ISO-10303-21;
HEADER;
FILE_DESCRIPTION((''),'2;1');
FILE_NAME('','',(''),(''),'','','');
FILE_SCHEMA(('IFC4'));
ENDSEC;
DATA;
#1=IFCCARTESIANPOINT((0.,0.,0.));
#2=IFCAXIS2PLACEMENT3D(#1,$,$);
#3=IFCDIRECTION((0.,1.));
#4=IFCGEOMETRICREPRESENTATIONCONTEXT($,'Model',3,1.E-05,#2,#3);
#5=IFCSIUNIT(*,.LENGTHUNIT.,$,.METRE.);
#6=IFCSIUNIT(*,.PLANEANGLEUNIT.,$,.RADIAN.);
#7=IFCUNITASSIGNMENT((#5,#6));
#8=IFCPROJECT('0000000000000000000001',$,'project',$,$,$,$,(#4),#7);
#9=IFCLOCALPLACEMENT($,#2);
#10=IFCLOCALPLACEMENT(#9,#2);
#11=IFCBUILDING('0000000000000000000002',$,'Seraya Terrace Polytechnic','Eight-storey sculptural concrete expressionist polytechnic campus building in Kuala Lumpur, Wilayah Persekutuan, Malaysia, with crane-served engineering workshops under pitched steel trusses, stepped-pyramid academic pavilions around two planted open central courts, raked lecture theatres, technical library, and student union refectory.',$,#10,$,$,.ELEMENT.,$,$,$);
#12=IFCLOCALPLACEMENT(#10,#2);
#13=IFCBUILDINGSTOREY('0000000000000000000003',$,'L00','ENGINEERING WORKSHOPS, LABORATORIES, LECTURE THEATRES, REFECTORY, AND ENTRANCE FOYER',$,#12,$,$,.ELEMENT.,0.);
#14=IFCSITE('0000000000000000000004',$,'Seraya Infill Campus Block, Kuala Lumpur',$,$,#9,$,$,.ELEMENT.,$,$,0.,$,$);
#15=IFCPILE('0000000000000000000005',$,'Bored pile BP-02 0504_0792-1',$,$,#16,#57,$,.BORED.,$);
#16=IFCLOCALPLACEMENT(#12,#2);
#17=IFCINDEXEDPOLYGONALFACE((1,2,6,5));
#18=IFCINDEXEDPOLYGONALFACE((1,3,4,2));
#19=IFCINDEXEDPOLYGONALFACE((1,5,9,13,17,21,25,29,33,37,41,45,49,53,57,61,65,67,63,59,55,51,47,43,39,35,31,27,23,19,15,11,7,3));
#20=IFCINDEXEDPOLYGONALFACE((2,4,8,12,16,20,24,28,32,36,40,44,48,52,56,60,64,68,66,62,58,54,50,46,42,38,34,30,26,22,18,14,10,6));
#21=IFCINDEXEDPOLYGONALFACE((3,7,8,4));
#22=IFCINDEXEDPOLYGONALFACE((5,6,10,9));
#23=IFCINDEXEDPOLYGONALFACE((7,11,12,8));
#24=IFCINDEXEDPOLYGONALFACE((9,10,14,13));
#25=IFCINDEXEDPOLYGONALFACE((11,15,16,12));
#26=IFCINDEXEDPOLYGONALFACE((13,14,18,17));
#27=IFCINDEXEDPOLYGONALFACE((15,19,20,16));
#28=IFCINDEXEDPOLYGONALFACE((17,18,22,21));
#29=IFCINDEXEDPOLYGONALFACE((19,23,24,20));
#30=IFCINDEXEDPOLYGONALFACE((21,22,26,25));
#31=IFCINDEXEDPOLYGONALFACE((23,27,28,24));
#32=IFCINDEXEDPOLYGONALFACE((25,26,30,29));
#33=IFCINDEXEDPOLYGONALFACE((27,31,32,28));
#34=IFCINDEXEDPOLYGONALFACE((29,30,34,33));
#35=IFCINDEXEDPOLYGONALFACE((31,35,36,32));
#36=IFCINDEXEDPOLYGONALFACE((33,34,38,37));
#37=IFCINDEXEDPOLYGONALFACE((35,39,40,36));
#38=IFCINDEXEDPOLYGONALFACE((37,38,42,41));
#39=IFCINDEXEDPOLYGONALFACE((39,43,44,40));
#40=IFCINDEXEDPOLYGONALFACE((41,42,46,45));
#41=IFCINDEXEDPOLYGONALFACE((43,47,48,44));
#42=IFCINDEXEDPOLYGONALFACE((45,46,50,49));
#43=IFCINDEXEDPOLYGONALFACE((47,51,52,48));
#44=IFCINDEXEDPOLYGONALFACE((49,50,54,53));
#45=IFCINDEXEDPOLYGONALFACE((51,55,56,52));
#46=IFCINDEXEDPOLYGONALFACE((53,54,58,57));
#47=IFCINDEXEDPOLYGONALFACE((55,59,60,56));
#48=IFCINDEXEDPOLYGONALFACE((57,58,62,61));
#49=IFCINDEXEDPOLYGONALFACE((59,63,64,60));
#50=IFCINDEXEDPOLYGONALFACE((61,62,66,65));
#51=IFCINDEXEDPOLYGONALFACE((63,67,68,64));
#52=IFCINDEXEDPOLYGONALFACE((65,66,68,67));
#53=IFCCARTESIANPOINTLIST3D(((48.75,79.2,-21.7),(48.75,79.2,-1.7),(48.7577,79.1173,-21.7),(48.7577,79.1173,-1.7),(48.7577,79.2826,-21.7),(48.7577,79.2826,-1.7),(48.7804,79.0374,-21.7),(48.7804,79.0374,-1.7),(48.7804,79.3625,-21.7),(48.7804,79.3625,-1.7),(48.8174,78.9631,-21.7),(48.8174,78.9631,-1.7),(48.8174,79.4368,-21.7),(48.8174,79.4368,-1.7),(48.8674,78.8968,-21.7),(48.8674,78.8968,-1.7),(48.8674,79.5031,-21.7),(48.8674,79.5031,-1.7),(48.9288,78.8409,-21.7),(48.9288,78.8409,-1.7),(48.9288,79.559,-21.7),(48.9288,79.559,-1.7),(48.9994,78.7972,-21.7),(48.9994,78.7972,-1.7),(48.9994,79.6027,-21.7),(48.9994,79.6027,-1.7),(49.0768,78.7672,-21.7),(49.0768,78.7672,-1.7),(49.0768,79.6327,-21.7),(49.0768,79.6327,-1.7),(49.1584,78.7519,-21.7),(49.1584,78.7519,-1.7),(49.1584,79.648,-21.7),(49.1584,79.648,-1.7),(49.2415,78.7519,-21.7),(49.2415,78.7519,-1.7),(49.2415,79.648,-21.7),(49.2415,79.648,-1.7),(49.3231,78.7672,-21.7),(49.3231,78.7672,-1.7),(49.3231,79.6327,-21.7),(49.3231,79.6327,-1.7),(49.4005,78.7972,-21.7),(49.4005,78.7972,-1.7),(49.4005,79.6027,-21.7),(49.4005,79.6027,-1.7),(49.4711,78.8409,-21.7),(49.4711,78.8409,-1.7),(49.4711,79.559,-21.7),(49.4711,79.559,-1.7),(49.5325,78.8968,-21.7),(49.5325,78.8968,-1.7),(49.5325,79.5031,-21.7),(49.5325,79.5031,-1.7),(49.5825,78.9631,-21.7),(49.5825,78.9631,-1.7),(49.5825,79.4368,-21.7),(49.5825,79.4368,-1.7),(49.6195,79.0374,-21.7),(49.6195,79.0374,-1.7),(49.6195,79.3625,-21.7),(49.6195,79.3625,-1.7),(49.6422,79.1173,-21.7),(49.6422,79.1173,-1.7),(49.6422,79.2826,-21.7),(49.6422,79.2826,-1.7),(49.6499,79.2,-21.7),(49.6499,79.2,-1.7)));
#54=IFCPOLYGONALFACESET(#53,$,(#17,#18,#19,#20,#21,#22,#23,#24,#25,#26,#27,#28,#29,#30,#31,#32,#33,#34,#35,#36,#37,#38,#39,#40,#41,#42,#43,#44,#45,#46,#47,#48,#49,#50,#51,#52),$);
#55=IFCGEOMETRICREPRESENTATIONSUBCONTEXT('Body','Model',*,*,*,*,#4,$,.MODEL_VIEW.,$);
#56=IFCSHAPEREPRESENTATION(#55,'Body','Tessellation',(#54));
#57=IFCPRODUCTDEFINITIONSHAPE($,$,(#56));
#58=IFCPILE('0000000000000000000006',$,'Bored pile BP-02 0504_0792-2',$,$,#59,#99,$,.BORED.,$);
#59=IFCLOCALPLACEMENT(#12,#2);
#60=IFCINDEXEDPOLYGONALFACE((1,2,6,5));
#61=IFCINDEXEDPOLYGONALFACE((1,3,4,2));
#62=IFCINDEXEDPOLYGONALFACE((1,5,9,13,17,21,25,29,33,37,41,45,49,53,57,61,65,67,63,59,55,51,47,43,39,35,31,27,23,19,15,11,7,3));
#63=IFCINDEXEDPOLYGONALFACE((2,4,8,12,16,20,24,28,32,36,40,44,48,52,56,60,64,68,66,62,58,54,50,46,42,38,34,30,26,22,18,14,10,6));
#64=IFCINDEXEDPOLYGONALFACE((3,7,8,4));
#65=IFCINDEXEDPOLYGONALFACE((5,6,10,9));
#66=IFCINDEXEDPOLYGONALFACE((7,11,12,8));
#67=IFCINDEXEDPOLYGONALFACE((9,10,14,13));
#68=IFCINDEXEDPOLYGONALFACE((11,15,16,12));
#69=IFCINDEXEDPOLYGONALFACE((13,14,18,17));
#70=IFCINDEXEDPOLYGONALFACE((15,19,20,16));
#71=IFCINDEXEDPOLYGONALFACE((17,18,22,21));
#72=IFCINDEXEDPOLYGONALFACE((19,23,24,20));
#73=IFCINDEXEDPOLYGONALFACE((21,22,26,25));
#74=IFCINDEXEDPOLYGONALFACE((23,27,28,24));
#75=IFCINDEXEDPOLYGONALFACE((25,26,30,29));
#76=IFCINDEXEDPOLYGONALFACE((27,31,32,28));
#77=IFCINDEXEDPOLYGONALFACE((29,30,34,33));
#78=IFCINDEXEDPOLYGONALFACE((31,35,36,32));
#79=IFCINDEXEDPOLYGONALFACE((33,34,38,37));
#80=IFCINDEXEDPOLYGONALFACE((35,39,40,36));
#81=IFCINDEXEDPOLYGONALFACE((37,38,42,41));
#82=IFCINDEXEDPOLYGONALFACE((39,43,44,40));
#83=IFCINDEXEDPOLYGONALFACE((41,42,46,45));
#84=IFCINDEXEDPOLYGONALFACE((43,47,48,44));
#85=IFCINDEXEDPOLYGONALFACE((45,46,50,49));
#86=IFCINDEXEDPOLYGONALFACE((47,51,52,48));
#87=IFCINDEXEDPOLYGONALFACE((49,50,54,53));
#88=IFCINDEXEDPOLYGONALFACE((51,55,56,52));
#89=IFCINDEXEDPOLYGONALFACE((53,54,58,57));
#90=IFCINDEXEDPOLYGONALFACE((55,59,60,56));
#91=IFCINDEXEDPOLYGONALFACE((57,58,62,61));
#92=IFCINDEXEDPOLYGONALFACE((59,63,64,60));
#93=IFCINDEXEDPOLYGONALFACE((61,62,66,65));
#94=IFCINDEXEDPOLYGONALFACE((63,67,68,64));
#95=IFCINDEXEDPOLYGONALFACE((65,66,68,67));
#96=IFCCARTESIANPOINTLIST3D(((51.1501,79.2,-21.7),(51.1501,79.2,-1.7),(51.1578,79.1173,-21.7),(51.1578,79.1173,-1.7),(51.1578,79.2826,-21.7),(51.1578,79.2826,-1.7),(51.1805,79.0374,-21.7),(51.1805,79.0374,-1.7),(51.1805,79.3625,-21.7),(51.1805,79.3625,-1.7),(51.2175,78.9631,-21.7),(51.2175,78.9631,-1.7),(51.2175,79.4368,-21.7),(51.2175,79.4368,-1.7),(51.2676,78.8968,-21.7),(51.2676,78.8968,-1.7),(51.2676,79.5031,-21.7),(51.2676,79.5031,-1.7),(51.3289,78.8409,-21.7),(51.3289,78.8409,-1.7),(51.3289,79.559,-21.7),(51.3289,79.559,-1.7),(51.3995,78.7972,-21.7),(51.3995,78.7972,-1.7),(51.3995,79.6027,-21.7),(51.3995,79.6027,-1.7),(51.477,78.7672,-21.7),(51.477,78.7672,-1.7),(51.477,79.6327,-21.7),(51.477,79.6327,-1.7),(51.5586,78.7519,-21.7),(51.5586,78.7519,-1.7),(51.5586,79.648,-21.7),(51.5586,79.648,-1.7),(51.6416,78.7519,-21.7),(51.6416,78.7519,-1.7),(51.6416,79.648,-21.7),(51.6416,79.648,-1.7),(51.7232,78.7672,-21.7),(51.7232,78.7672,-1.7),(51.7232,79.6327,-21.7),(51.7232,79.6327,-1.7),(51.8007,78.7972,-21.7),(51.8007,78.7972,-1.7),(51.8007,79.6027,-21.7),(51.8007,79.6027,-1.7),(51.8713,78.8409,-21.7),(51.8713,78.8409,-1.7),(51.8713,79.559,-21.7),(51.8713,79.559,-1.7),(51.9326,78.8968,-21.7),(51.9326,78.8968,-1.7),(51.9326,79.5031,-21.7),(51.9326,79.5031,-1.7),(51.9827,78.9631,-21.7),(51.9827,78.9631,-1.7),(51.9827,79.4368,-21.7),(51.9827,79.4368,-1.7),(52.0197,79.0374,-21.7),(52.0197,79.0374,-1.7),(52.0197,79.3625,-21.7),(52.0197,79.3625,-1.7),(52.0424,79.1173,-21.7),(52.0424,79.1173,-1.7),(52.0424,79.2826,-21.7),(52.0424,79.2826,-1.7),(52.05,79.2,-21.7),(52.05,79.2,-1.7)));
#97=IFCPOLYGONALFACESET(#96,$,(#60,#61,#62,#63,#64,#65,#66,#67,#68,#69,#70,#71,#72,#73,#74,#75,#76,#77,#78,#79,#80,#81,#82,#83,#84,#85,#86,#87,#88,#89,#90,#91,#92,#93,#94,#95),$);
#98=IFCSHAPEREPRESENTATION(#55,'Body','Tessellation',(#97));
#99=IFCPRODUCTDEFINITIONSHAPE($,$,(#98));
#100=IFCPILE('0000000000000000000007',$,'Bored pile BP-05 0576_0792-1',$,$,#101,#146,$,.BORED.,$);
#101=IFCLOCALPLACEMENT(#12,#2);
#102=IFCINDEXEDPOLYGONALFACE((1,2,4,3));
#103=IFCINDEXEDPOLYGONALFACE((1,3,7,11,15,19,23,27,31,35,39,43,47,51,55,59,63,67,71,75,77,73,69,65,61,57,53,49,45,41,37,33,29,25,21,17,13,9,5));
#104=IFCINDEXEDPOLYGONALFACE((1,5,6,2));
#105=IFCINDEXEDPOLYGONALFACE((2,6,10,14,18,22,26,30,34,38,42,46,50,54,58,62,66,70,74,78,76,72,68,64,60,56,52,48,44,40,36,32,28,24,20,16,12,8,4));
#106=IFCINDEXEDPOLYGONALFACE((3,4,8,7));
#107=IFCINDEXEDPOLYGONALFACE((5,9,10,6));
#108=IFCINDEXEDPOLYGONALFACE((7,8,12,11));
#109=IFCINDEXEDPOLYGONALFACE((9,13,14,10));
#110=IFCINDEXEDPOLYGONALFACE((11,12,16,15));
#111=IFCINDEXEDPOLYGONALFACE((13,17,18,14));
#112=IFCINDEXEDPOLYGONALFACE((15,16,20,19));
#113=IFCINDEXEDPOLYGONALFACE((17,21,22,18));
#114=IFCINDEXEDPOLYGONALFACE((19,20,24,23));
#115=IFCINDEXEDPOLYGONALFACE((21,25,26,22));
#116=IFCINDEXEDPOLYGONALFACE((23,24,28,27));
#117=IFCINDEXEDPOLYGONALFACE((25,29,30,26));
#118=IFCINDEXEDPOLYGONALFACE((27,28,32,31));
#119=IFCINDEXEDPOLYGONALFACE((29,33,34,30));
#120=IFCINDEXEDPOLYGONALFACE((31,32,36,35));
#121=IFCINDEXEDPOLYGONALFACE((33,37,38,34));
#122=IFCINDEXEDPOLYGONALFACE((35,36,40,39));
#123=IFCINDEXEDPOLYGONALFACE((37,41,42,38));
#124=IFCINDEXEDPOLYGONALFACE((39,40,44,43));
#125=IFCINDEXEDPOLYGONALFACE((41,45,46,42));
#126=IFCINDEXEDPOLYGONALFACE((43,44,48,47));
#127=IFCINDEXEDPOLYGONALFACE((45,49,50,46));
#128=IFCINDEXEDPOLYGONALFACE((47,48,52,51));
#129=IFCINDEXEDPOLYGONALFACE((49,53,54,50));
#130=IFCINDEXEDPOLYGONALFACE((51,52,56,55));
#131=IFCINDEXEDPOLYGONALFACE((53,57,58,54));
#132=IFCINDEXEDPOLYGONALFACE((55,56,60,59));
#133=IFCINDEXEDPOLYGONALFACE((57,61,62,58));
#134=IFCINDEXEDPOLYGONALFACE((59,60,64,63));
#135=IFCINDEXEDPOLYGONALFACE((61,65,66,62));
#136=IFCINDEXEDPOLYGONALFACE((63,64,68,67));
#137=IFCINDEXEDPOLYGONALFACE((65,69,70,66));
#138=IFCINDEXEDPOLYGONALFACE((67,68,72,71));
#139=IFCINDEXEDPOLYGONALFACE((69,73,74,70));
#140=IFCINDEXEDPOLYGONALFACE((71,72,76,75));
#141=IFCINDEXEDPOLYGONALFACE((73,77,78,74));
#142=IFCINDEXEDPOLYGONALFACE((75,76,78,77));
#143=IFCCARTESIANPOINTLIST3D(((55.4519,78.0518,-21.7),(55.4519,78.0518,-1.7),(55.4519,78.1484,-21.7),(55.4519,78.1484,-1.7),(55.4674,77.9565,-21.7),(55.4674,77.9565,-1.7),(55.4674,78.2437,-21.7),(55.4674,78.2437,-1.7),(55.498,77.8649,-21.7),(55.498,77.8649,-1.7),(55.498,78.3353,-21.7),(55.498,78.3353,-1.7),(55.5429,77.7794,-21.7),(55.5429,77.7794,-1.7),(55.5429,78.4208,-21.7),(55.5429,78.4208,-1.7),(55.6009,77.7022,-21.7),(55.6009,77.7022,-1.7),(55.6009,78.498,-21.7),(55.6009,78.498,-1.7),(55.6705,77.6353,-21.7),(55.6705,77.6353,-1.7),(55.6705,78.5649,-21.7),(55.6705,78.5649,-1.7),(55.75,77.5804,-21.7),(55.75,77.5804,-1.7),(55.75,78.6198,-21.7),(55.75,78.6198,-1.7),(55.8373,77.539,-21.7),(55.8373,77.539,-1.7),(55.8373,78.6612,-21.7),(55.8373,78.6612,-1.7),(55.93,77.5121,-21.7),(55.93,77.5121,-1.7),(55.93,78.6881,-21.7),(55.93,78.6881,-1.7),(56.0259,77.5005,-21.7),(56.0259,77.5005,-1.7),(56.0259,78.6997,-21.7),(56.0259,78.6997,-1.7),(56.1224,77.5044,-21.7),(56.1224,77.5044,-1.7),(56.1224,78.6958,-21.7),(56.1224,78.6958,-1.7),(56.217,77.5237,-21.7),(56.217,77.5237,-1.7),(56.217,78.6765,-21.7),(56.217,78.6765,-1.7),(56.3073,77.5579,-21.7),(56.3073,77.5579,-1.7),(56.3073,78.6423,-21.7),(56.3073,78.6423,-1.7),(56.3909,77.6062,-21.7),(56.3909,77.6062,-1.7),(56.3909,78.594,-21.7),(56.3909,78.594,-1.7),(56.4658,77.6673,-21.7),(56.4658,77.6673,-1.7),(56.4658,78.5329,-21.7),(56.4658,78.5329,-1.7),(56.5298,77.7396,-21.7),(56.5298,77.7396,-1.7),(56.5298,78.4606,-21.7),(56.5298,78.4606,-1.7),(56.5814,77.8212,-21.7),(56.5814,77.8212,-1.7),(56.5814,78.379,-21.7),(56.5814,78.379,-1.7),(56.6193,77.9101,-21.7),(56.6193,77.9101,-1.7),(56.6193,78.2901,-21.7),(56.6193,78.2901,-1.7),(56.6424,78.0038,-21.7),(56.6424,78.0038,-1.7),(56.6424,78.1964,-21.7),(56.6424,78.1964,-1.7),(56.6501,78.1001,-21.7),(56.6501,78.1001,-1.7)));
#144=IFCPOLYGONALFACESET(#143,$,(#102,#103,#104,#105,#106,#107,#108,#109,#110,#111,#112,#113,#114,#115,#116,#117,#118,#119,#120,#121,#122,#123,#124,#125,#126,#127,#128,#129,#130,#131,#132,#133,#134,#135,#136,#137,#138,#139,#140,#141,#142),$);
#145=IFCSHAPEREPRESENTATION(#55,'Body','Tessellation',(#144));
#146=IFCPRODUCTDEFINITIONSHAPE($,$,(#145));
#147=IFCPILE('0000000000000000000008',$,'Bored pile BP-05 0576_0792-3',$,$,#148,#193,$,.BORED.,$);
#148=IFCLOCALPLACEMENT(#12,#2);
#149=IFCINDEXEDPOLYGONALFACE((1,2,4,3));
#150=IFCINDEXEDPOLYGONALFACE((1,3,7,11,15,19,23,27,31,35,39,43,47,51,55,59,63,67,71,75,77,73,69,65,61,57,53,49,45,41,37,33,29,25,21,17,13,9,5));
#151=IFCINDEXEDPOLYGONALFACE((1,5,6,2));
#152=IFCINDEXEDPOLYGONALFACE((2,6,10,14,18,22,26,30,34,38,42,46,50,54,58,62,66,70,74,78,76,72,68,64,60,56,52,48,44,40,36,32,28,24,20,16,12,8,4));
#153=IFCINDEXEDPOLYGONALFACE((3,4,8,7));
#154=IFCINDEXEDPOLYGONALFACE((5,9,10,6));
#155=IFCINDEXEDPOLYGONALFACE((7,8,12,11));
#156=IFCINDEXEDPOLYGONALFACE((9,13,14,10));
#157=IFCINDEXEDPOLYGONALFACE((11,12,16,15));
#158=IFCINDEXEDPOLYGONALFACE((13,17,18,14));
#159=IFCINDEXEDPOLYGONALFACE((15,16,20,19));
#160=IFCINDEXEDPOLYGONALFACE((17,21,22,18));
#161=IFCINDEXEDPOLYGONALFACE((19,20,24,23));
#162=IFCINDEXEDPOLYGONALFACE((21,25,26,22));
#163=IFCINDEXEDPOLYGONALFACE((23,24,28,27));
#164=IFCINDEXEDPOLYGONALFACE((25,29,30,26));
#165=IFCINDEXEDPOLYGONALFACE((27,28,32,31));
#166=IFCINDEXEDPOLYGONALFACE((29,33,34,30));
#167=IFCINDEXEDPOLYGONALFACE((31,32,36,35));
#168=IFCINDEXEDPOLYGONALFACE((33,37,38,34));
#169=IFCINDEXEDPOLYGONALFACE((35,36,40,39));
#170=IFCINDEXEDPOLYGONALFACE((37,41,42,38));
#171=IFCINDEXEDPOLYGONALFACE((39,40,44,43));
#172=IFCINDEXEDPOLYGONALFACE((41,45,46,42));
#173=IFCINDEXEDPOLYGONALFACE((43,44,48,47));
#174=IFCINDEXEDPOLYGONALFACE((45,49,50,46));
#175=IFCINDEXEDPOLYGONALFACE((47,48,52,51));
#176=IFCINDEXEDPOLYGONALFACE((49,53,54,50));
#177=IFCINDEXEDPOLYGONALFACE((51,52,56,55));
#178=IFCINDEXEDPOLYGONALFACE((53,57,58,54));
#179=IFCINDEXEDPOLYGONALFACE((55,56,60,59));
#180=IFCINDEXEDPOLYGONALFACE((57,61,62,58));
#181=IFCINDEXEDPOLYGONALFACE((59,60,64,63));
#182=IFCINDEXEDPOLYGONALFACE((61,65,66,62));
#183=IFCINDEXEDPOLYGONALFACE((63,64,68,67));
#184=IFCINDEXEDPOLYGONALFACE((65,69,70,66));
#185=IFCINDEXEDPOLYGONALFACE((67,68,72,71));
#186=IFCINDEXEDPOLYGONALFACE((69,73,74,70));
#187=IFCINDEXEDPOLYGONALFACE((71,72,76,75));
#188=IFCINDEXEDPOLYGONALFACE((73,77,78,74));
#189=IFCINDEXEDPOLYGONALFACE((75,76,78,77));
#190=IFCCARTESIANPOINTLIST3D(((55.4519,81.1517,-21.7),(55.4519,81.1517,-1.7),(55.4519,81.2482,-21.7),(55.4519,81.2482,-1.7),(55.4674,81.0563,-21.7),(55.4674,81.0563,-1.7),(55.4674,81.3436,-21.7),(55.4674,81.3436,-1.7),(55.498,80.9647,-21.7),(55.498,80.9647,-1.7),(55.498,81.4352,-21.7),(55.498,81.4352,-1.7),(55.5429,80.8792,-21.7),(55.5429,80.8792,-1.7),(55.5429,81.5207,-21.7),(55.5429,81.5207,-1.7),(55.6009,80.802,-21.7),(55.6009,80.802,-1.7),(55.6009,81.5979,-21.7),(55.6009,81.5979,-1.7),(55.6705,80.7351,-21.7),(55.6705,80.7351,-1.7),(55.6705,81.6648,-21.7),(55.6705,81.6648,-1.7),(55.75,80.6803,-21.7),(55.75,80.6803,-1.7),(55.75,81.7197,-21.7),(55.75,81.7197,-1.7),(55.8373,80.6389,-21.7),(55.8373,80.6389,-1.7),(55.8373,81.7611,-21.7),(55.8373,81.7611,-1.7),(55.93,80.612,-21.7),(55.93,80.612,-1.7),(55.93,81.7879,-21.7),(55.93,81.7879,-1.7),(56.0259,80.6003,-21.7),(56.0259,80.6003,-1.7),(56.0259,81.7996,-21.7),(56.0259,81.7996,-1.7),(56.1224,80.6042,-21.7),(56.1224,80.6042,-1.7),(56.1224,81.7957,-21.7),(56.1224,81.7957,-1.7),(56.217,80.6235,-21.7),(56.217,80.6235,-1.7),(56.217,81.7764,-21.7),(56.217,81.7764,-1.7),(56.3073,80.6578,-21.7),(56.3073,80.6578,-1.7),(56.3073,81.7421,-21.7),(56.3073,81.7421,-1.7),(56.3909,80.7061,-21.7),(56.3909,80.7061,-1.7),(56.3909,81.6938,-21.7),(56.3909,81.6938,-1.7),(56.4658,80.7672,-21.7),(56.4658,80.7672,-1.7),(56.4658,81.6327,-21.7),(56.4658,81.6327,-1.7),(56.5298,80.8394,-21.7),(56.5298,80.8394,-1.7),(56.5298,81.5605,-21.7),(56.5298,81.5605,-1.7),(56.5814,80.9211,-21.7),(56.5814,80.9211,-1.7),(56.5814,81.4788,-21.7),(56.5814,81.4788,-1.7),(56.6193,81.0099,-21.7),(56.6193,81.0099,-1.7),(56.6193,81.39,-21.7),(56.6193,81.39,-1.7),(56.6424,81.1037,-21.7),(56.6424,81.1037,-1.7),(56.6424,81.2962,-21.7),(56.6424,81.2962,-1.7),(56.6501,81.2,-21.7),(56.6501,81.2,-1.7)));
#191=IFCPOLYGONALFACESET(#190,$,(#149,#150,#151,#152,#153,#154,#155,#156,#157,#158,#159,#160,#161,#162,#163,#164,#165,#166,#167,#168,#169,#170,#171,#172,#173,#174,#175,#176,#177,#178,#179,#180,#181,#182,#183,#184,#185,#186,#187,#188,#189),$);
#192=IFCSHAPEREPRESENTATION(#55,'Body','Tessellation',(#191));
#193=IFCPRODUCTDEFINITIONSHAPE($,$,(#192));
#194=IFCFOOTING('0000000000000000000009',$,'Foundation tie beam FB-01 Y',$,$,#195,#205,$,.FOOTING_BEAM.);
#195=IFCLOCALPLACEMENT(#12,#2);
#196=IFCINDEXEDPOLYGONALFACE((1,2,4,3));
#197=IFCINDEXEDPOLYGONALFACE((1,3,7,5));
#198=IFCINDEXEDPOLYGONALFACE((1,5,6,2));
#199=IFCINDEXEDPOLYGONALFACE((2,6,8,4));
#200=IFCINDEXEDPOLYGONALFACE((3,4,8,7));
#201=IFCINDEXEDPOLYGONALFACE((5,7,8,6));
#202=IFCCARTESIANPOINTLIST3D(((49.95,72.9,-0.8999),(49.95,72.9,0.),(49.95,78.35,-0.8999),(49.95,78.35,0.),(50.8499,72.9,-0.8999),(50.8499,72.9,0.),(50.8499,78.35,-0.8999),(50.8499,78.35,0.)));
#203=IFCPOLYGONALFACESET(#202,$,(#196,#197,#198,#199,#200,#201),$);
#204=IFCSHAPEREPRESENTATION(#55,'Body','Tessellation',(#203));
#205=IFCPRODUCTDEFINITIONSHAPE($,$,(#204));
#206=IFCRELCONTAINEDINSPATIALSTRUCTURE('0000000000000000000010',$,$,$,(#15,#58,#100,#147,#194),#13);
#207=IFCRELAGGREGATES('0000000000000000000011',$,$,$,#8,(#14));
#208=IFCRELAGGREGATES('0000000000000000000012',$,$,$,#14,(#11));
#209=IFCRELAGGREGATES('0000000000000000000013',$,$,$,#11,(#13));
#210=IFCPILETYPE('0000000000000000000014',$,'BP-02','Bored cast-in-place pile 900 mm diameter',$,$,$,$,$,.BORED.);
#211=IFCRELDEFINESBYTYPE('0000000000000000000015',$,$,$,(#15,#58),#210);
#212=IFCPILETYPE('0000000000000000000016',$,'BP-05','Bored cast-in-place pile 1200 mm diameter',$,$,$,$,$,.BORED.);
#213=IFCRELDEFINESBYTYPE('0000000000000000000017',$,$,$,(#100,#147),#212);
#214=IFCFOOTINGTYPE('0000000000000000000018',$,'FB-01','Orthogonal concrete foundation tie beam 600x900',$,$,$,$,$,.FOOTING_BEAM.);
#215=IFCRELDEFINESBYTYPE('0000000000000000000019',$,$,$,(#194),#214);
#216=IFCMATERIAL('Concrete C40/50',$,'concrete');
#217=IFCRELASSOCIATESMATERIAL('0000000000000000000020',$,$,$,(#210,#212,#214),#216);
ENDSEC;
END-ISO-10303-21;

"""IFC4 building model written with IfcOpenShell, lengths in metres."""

from ifc_helpers import new_model, si_unit, direction, frame, origin, origin_2d, place, context, subcontext, project, spatial, rectangle, circle, extrude, material, material_profile, profile_set, type_object, element, save


model = new_model("IFC4")

# Units and contexts
model_context = context("Model", 3, precision=1e-05, world=origin(), true_north=direction((0.0, 1.0)))
body_context = subcontext(model_context, "Body", "Model", "MODEL_VIEW")
ifc_project = project(units=[si_unit("LENGTHUNIT", "METRE"), si_unit("PLANEANGLEUNIT", "RADIAN")], contexts=[model_context])

# Site, building, storey
site_placement = place(None, origin())
site = spatial("IfcSite", under=ifc_project, at=site_placement, Name="Seraya Infill Campus Block, Kuala Lumpur", CompositionType="ELEMENT", RefElevation=0.0)
building_placement = place(site_placement, origin())
building = spatial("IfcBuilding", under=site, at=building_placement, Name="Seraya Terrace Polytechnic", Description="Eight-storey sculptural concrete expressionist polytechnic campus building in Kuala Lumpur, Wilayah Persekutuan, Malaysia, with crane-served engineering workshops under pitched steel trusses, stepped-pyramid academic pavilions around two planted open central courts, raked lecture theatres, technical library, and student union refectory.", CompositionType="ELEMENT")
storey_placement = place(building_placement, origin())
storey = spatial("IfcBuildingStorey", under=building, at=storey_placement, Name="L00", Description="ENGINEERING WORKSHOPS, LABORATORIES, LECTURE THEATRES, REFECTORY, AND ENTRANCE FOYER", CompositionType="ELEMENT", Elevation=0.0)

# Piles
ifc_material_1 = material(Name="Concrete C40/50", Category="concrete")
ifc_material_profile_1 = material_profile(ifc_material_1, circle(Radius=0.45, at=origin_2d()), Name="DIA 900")
ifc_profile_set_1 = profile_set([ifc_material_profile_1], Name="Concrete C40/50")
pile_type_1 = type_object("IfcPileType", Name="BP-02", Description="Bored cast-in-place pile 900 mm diameter", PredefinedType="BORED", material=ifc_profile_set_1)
for number, where, z_axis, x_axis, name in (
    (1, (49.2, 79.2, -1.7), (0.0, 0.0, -1.0), (1.0, 0.0, 0.0), "Bored pile BP-02 0504_0792-1"),
    (2, (51.6001, 79.2, -1.7), (0.0, 0.0, -1.0), (1.0, 0.0, 0.0), "Bored pile BP-02 0504_0792-2"),
):
    element("IfcPile", number, at=place(storey_placement, frame(where, z_axis=z_axis, x_axis=x_axis)), inside=storey, type_object=pile_type_1, Name=name, PredefinedType="BORED", context=body_context, shape_type="SweptSolid", body=[
        extrude(circle(Radius=0.45, at=origin_2d()), origin(), (0.0, 0.0, 1.0), 20.0),
    ])
ifc_material_profile_2 = material_profile(ifc_material_1, circle(Radius=0.6001, at=origin_2d()), Name="DIA 1200")
ifc_profile_set_2 = profile_set([ifc_material_profile_2], Name="Concrete C40/50")
pile_type_2 = type_object("IfcPileType", Name="BP-05", Description="Bored cast-in-place pile 1200 mm diameter", PredefinedType="BORED", material=ifc_profile_set_2)
for number, where, z_axis, x_axis, name in (
    (3, (56.05, 78.1001, -1.7), (0.0, 0.0, -1.0), (1.0, 0.0, 0.0), "Bored pile BP-05 0576_0792-1"),
    (4, (56.05, 81.2, -1.7), (0.0, 0.0, -1.0), (1.0, 0.0, 0.0), "Bored pile BP-05 0576_0792-3"),
):
    element("IfcPile", number, at=place(storey_placement, frame(where, z_axis=z_axis, x_axis=x_axis)), inside=storey, type_object=pile_type_2, Name=name, PredefinedType="BORED", context=body_context, shape_type="SweptSolid", body=[
        extrude(circle(Radius=0.6001, at=origin_2d()), origin(), (0.0, 0.0, 1.0), 20.0),
    ])

# Footing
footing_type_1 = type_object("IfcFootingType", Name="FB-01", Description="Orthogonal concrete foundation tie beam 600x900", PredefinedType="FOOTING_BEAM", material=ifc_material_1)
footing_1_placement = place(storey_placement, frame((50.3999, 75.625, -0.8999), z_axis=(0.0, 0.0, 1.0), x_axis=(0.0, 1.0, 0.0)))
element("IfcFooting", 5, at=footing_1_placement, inside=storey, type_object=footing_type_1, Name="Foundation tie beam FB-01 Y", PredefinedType="FOOTING_BEAM", context=body_context, shape_type="SweptSolid", body=[
    extrude(rectangle(XDim=5.45, YDim=0.8999, at=origin_2d()), origin(), (0.0, 0.0, 1.0), 0.8999),
])

save(model, "model.ifc")
